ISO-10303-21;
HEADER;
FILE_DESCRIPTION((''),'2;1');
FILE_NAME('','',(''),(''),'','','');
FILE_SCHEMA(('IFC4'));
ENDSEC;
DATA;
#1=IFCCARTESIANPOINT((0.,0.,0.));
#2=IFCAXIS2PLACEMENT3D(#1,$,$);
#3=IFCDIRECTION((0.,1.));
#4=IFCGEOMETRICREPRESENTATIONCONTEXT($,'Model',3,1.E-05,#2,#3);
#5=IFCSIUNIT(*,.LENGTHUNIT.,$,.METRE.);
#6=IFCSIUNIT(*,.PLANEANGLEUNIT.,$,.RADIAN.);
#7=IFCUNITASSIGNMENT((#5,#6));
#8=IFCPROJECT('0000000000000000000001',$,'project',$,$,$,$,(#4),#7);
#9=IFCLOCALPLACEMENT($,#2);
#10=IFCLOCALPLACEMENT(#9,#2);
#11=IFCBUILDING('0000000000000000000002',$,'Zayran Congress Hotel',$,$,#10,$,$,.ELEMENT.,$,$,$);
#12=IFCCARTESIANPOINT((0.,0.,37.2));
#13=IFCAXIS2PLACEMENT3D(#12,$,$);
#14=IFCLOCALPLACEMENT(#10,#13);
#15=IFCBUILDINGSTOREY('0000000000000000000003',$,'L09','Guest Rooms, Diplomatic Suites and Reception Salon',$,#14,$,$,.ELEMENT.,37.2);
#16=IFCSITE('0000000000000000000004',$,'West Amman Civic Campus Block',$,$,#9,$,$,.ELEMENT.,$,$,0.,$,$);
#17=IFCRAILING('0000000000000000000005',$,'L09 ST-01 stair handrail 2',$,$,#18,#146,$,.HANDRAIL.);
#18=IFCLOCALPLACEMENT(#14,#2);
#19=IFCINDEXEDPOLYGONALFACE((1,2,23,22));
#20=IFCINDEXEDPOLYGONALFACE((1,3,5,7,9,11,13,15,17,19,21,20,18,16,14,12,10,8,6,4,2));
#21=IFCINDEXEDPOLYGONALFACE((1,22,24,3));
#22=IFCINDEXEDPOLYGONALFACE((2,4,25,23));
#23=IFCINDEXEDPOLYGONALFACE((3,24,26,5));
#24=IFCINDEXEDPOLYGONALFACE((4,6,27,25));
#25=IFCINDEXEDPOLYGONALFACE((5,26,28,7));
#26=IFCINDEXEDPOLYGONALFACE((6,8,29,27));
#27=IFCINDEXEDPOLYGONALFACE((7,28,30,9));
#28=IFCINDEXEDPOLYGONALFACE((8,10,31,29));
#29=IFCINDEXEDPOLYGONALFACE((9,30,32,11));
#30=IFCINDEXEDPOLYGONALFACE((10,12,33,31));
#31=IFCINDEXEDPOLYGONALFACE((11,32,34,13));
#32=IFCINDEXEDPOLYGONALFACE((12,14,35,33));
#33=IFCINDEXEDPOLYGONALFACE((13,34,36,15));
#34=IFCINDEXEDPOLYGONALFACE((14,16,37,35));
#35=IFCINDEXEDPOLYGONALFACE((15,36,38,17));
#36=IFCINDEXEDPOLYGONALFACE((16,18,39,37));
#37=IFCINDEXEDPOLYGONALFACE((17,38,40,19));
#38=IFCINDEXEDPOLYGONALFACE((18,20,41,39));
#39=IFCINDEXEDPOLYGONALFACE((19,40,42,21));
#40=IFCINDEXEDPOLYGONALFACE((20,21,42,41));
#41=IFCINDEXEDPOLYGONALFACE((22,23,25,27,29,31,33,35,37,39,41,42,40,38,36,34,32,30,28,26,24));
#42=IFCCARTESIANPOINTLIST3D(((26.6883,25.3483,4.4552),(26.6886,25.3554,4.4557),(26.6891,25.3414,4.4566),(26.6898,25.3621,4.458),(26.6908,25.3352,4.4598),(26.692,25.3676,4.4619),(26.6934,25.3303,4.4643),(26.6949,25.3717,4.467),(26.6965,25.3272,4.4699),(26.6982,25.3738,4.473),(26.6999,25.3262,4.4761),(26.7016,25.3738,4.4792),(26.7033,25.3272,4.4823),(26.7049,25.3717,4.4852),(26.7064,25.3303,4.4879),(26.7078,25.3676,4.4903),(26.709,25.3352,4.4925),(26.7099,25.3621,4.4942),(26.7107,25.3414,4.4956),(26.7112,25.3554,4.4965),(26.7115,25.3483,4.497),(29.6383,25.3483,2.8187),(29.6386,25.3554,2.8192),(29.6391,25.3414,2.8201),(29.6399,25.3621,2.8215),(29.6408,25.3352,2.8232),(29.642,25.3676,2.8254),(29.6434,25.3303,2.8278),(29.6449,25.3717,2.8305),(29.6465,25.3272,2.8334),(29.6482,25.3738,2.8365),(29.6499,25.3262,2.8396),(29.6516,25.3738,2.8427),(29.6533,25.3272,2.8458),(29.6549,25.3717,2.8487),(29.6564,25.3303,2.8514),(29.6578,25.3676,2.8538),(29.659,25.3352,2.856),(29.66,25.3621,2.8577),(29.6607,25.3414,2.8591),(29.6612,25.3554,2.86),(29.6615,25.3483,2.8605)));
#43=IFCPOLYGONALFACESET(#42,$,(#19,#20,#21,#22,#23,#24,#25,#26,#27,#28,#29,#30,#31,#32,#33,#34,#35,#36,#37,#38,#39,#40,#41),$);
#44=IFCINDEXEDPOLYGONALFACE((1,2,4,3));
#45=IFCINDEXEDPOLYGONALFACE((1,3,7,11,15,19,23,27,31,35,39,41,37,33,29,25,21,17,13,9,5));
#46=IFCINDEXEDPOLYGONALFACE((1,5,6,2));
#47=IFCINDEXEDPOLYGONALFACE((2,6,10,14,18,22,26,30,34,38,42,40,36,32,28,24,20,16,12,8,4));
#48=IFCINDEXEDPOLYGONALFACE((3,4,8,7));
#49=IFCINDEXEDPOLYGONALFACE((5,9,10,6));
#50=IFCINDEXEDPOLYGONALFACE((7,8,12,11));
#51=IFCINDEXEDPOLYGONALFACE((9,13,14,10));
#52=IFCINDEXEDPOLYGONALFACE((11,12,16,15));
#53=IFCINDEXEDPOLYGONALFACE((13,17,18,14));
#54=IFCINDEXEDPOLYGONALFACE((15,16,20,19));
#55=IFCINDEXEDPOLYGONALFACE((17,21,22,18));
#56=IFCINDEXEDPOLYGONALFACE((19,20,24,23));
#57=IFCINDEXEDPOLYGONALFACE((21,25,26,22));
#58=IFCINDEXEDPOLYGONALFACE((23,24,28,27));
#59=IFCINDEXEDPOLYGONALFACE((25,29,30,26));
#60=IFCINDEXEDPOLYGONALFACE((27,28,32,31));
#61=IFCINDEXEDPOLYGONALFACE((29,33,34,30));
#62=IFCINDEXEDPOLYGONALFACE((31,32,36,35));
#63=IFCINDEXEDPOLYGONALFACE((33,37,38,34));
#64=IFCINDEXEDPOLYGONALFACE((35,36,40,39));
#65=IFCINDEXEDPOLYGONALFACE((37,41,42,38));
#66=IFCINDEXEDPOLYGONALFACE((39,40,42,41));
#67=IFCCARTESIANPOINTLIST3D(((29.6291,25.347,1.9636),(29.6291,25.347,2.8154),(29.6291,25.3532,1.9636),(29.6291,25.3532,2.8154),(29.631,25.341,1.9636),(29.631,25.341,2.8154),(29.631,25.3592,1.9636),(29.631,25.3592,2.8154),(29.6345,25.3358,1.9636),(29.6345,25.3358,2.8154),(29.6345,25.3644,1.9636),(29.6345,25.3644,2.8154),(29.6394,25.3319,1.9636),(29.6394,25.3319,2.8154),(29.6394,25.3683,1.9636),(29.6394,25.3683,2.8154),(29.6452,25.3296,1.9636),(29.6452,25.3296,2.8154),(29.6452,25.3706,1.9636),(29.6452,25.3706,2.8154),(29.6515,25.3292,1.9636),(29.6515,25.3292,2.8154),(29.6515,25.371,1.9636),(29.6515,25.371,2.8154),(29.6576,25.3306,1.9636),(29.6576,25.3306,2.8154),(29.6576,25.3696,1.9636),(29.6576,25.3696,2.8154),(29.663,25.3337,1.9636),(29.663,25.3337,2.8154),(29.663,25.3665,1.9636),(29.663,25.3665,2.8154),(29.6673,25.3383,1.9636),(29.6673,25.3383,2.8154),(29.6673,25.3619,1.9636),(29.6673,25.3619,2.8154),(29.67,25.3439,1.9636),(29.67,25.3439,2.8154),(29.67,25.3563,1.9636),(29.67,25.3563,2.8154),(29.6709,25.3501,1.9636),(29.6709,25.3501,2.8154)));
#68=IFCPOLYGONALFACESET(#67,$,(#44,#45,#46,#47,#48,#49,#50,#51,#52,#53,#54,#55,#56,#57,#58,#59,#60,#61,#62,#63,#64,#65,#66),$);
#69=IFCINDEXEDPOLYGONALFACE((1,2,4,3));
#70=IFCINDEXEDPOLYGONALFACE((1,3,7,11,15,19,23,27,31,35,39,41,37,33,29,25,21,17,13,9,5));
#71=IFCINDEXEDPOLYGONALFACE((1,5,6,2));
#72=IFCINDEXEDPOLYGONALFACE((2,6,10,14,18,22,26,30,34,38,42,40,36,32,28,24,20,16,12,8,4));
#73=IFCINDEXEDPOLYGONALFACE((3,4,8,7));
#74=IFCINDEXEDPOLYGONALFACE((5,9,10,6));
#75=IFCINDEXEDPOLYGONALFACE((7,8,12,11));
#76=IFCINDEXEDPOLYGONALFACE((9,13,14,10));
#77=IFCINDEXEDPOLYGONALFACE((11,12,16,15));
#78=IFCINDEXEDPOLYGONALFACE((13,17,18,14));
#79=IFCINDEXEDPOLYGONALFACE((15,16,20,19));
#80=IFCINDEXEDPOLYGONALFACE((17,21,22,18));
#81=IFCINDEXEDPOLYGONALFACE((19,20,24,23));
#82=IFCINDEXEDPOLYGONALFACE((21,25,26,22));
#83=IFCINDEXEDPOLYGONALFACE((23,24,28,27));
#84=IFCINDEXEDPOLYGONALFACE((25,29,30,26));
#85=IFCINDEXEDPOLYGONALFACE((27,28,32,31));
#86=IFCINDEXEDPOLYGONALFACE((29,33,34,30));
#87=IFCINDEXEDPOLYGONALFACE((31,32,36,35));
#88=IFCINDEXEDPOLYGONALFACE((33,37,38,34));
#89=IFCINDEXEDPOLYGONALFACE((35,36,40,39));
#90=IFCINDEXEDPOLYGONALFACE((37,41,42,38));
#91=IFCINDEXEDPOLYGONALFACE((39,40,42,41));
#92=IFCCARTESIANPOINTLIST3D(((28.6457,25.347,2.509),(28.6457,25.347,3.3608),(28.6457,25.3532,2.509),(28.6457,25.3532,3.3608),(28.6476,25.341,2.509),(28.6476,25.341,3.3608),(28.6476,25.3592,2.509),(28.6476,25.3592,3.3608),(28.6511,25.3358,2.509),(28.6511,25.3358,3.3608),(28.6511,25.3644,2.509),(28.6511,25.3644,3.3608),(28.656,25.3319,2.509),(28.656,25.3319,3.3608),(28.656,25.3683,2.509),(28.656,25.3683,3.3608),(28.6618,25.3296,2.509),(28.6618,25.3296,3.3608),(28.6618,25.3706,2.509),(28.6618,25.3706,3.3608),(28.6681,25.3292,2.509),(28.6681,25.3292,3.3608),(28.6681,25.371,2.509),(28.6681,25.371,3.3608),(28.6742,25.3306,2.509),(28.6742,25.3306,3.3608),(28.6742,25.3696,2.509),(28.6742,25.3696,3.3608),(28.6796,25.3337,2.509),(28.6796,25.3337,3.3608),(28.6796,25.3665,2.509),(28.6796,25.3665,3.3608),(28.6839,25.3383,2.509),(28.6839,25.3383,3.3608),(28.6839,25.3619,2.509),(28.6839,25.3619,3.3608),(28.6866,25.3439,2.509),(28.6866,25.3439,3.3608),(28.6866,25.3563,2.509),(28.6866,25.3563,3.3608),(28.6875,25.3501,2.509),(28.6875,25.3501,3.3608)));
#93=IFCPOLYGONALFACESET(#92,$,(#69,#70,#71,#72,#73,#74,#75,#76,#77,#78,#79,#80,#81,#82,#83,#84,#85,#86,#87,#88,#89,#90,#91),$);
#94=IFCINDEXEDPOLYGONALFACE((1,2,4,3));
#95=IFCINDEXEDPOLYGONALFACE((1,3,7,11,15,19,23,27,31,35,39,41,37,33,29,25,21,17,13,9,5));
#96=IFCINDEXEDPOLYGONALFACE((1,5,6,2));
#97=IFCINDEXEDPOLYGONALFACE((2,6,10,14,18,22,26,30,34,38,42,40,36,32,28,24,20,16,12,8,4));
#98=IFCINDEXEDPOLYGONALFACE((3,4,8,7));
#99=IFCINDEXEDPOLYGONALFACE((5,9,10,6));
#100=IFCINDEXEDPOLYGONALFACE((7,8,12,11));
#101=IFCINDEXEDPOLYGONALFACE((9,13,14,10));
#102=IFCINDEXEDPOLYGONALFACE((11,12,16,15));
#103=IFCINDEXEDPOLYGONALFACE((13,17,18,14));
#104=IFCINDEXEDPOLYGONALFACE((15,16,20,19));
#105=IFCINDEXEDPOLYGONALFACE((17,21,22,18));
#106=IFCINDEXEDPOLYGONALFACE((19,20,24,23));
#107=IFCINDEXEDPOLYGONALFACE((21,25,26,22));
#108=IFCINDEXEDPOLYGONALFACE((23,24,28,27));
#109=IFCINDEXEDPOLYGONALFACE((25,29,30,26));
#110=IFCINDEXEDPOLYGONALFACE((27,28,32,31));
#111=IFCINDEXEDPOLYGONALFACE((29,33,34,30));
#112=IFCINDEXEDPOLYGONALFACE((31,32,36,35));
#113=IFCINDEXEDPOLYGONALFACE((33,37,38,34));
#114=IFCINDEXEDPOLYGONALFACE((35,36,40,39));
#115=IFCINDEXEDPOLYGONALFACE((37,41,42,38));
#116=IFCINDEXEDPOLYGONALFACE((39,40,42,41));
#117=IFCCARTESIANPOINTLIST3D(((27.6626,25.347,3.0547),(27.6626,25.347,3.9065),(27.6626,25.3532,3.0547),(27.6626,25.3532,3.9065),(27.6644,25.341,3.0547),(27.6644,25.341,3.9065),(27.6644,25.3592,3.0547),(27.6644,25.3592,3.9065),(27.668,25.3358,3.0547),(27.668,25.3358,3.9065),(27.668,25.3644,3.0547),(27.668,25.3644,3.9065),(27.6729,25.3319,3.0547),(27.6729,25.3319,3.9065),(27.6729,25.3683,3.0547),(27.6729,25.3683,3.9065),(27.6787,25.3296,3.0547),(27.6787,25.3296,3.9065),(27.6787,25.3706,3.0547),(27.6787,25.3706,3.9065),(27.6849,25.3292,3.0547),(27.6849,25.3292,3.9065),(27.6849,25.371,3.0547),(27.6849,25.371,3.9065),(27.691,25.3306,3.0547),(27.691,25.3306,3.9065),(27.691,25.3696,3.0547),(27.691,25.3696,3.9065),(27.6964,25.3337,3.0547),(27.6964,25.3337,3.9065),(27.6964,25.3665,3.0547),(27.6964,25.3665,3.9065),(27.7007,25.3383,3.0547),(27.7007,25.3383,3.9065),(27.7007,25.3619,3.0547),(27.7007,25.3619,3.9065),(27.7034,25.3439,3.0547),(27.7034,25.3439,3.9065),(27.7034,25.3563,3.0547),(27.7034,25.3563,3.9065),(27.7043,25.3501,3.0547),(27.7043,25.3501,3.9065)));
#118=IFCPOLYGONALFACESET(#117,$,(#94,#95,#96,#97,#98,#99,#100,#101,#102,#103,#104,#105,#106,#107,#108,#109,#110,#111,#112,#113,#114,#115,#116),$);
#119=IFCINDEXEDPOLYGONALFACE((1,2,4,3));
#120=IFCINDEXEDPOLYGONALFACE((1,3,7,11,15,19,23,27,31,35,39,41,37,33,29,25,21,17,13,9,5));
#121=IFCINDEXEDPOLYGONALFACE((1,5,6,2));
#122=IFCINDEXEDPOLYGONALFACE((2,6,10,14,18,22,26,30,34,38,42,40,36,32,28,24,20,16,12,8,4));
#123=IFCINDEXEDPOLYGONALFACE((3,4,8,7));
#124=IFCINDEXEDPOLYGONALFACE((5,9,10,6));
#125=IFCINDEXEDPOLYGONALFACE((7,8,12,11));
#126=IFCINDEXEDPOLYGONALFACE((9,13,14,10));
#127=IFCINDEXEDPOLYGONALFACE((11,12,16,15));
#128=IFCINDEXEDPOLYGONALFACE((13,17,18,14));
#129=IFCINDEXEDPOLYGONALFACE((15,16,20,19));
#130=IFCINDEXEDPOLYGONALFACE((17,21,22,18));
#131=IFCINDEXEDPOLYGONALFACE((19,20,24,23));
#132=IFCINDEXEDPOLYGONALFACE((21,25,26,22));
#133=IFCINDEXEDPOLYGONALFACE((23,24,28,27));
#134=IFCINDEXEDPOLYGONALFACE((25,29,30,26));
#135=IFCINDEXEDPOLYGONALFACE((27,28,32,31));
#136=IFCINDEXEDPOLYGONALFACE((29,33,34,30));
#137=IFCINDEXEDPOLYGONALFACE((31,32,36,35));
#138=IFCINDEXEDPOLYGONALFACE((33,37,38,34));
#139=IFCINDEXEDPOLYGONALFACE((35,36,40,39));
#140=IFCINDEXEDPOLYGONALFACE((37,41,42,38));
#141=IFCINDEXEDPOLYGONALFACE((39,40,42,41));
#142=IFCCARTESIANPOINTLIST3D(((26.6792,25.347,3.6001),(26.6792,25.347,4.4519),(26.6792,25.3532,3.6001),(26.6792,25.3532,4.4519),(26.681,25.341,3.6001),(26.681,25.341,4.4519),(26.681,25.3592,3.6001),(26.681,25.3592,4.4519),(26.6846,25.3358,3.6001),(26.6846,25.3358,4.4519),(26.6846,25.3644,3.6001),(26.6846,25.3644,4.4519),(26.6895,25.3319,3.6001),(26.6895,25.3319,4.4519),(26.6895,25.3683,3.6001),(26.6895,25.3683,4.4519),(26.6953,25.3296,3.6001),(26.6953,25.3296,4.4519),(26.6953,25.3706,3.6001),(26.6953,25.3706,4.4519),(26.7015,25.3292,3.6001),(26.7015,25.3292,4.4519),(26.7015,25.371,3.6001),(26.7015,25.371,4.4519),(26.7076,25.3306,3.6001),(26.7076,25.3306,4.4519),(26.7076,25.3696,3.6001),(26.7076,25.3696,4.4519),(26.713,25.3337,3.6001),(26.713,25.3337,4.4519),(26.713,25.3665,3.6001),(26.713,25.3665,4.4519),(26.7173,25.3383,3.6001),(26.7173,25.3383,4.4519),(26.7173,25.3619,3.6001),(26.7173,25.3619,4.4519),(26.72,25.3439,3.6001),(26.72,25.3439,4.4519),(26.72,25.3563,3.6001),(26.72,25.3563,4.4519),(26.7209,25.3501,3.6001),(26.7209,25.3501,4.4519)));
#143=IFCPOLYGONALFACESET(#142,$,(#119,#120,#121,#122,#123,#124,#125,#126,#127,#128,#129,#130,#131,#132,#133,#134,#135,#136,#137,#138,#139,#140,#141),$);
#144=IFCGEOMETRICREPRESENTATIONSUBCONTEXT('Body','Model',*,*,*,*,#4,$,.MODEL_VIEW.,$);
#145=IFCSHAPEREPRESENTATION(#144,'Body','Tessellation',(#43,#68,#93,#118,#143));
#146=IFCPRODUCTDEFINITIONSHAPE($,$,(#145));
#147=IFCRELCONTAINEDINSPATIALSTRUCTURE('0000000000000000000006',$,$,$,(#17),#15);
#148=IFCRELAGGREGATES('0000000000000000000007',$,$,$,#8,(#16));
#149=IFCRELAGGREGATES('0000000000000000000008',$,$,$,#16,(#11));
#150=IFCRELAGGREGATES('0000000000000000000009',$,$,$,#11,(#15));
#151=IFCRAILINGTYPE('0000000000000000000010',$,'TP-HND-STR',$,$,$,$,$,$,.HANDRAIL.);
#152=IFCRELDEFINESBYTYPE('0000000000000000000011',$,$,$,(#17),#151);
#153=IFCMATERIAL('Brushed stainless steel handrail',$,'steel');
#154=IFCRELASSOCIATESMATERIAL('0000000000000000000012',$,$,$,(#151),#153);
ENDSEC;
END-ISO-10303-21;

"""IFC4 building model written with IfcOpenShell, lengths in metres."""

from ifc_helpers import new_model, si_unit, direction, frame, origin, origin_2d, place, context, subcontext, project, spatial, circle, extrude, material, type_object, element, save


model = new_model("IFC4")

# Units and contexts
model_context = context("Model", 3, precision=1e-05, world=origin(), true_north=direction((0.0, 1.0)))
body_context = subcontext(model_context, "Body", "Model", "MODEL_VIEW")
ifc_project = project(units=[si_unit("LENGTHUNIT", "METRE"), si_unit("PLANEANGLEUNIT", "RADIAN")], contexts=[model_context])

# Site, building, storey
site_placement = place(None, origin())
site = spatial("IfcSite", under=ifc_project, at=site_placement, Name="West Amman Civic Campus Block", CompositionType="ELEMENT", RefElevation=0.0)
building_placement = place(site_placement, origin())
building = spatial("IfcBuilding", under=site, at=building_placement, Name="Zayran Congress Hotel", CompositionType="ELEMENT")
storey_placement = place(building_placement, frame((0.0, 0.0, 37.2)))
storey = spatial("IfcBuildingStorey", under=building, at=storey_placement, Name="L09", Description="Guest Rooms, Diplomatic Suites and Reception Salon", CompositionType="ELEMENT", Elevation=37.2)

# Railing
ifc_material_1 = material(Name="Brushed stainless steel handrail", Category="steel")
railing_type_1 = type_object("IfcRailingType", Name="TP-HND-STR", PredefinedType="HANDRAIL", material=ifc_material_1)
railing_1_placement = place(storey_placement, frame((29.6499, 25.3501, 1.9636)))
element("IfcRailing", 1, at=railing_1_placement, inside=storey, type_object=railing_type_1, Name="L09 ST-01 stair handrail 2", PredefinedType="HANDRAIL", context=body_context, shape_type="SweptSolid", body=[
    extrude(circle(Radius=0.0239, at=origin_2d()), frame((0.0, 0.0, 0.876), z_axis=(-0.874458, 0.0, 0.485102), x_axis=(0.0, -1.0, 0.0)), (0.0, 0.0, 1.0), 3.3735),
    extrude(circle(Radius=0.021, at=origin_2d()), origin(), (0.0, 0.0, 1.0), 0.8518),
    extrude(circle(Radius=0.021, at=origin_2d()), frame((-0.9834, 0.0, 0.5454)), (0.0, 0.0, 1.0), 0.8518),
    extrude(circle(Radius=0.021, at=origin_2d()), frame((-1.9666, 0.0, 1.0911)), (0.0, 0.0, 1.0), 0.8518),
    extrude(circle(Radius=0.021, at=origin_2d()), frame((-2.95, 0.0, 1.6365)), (0.0, 0.0, 1.0), 0.8518),
])

save(model, "model.ifc")
